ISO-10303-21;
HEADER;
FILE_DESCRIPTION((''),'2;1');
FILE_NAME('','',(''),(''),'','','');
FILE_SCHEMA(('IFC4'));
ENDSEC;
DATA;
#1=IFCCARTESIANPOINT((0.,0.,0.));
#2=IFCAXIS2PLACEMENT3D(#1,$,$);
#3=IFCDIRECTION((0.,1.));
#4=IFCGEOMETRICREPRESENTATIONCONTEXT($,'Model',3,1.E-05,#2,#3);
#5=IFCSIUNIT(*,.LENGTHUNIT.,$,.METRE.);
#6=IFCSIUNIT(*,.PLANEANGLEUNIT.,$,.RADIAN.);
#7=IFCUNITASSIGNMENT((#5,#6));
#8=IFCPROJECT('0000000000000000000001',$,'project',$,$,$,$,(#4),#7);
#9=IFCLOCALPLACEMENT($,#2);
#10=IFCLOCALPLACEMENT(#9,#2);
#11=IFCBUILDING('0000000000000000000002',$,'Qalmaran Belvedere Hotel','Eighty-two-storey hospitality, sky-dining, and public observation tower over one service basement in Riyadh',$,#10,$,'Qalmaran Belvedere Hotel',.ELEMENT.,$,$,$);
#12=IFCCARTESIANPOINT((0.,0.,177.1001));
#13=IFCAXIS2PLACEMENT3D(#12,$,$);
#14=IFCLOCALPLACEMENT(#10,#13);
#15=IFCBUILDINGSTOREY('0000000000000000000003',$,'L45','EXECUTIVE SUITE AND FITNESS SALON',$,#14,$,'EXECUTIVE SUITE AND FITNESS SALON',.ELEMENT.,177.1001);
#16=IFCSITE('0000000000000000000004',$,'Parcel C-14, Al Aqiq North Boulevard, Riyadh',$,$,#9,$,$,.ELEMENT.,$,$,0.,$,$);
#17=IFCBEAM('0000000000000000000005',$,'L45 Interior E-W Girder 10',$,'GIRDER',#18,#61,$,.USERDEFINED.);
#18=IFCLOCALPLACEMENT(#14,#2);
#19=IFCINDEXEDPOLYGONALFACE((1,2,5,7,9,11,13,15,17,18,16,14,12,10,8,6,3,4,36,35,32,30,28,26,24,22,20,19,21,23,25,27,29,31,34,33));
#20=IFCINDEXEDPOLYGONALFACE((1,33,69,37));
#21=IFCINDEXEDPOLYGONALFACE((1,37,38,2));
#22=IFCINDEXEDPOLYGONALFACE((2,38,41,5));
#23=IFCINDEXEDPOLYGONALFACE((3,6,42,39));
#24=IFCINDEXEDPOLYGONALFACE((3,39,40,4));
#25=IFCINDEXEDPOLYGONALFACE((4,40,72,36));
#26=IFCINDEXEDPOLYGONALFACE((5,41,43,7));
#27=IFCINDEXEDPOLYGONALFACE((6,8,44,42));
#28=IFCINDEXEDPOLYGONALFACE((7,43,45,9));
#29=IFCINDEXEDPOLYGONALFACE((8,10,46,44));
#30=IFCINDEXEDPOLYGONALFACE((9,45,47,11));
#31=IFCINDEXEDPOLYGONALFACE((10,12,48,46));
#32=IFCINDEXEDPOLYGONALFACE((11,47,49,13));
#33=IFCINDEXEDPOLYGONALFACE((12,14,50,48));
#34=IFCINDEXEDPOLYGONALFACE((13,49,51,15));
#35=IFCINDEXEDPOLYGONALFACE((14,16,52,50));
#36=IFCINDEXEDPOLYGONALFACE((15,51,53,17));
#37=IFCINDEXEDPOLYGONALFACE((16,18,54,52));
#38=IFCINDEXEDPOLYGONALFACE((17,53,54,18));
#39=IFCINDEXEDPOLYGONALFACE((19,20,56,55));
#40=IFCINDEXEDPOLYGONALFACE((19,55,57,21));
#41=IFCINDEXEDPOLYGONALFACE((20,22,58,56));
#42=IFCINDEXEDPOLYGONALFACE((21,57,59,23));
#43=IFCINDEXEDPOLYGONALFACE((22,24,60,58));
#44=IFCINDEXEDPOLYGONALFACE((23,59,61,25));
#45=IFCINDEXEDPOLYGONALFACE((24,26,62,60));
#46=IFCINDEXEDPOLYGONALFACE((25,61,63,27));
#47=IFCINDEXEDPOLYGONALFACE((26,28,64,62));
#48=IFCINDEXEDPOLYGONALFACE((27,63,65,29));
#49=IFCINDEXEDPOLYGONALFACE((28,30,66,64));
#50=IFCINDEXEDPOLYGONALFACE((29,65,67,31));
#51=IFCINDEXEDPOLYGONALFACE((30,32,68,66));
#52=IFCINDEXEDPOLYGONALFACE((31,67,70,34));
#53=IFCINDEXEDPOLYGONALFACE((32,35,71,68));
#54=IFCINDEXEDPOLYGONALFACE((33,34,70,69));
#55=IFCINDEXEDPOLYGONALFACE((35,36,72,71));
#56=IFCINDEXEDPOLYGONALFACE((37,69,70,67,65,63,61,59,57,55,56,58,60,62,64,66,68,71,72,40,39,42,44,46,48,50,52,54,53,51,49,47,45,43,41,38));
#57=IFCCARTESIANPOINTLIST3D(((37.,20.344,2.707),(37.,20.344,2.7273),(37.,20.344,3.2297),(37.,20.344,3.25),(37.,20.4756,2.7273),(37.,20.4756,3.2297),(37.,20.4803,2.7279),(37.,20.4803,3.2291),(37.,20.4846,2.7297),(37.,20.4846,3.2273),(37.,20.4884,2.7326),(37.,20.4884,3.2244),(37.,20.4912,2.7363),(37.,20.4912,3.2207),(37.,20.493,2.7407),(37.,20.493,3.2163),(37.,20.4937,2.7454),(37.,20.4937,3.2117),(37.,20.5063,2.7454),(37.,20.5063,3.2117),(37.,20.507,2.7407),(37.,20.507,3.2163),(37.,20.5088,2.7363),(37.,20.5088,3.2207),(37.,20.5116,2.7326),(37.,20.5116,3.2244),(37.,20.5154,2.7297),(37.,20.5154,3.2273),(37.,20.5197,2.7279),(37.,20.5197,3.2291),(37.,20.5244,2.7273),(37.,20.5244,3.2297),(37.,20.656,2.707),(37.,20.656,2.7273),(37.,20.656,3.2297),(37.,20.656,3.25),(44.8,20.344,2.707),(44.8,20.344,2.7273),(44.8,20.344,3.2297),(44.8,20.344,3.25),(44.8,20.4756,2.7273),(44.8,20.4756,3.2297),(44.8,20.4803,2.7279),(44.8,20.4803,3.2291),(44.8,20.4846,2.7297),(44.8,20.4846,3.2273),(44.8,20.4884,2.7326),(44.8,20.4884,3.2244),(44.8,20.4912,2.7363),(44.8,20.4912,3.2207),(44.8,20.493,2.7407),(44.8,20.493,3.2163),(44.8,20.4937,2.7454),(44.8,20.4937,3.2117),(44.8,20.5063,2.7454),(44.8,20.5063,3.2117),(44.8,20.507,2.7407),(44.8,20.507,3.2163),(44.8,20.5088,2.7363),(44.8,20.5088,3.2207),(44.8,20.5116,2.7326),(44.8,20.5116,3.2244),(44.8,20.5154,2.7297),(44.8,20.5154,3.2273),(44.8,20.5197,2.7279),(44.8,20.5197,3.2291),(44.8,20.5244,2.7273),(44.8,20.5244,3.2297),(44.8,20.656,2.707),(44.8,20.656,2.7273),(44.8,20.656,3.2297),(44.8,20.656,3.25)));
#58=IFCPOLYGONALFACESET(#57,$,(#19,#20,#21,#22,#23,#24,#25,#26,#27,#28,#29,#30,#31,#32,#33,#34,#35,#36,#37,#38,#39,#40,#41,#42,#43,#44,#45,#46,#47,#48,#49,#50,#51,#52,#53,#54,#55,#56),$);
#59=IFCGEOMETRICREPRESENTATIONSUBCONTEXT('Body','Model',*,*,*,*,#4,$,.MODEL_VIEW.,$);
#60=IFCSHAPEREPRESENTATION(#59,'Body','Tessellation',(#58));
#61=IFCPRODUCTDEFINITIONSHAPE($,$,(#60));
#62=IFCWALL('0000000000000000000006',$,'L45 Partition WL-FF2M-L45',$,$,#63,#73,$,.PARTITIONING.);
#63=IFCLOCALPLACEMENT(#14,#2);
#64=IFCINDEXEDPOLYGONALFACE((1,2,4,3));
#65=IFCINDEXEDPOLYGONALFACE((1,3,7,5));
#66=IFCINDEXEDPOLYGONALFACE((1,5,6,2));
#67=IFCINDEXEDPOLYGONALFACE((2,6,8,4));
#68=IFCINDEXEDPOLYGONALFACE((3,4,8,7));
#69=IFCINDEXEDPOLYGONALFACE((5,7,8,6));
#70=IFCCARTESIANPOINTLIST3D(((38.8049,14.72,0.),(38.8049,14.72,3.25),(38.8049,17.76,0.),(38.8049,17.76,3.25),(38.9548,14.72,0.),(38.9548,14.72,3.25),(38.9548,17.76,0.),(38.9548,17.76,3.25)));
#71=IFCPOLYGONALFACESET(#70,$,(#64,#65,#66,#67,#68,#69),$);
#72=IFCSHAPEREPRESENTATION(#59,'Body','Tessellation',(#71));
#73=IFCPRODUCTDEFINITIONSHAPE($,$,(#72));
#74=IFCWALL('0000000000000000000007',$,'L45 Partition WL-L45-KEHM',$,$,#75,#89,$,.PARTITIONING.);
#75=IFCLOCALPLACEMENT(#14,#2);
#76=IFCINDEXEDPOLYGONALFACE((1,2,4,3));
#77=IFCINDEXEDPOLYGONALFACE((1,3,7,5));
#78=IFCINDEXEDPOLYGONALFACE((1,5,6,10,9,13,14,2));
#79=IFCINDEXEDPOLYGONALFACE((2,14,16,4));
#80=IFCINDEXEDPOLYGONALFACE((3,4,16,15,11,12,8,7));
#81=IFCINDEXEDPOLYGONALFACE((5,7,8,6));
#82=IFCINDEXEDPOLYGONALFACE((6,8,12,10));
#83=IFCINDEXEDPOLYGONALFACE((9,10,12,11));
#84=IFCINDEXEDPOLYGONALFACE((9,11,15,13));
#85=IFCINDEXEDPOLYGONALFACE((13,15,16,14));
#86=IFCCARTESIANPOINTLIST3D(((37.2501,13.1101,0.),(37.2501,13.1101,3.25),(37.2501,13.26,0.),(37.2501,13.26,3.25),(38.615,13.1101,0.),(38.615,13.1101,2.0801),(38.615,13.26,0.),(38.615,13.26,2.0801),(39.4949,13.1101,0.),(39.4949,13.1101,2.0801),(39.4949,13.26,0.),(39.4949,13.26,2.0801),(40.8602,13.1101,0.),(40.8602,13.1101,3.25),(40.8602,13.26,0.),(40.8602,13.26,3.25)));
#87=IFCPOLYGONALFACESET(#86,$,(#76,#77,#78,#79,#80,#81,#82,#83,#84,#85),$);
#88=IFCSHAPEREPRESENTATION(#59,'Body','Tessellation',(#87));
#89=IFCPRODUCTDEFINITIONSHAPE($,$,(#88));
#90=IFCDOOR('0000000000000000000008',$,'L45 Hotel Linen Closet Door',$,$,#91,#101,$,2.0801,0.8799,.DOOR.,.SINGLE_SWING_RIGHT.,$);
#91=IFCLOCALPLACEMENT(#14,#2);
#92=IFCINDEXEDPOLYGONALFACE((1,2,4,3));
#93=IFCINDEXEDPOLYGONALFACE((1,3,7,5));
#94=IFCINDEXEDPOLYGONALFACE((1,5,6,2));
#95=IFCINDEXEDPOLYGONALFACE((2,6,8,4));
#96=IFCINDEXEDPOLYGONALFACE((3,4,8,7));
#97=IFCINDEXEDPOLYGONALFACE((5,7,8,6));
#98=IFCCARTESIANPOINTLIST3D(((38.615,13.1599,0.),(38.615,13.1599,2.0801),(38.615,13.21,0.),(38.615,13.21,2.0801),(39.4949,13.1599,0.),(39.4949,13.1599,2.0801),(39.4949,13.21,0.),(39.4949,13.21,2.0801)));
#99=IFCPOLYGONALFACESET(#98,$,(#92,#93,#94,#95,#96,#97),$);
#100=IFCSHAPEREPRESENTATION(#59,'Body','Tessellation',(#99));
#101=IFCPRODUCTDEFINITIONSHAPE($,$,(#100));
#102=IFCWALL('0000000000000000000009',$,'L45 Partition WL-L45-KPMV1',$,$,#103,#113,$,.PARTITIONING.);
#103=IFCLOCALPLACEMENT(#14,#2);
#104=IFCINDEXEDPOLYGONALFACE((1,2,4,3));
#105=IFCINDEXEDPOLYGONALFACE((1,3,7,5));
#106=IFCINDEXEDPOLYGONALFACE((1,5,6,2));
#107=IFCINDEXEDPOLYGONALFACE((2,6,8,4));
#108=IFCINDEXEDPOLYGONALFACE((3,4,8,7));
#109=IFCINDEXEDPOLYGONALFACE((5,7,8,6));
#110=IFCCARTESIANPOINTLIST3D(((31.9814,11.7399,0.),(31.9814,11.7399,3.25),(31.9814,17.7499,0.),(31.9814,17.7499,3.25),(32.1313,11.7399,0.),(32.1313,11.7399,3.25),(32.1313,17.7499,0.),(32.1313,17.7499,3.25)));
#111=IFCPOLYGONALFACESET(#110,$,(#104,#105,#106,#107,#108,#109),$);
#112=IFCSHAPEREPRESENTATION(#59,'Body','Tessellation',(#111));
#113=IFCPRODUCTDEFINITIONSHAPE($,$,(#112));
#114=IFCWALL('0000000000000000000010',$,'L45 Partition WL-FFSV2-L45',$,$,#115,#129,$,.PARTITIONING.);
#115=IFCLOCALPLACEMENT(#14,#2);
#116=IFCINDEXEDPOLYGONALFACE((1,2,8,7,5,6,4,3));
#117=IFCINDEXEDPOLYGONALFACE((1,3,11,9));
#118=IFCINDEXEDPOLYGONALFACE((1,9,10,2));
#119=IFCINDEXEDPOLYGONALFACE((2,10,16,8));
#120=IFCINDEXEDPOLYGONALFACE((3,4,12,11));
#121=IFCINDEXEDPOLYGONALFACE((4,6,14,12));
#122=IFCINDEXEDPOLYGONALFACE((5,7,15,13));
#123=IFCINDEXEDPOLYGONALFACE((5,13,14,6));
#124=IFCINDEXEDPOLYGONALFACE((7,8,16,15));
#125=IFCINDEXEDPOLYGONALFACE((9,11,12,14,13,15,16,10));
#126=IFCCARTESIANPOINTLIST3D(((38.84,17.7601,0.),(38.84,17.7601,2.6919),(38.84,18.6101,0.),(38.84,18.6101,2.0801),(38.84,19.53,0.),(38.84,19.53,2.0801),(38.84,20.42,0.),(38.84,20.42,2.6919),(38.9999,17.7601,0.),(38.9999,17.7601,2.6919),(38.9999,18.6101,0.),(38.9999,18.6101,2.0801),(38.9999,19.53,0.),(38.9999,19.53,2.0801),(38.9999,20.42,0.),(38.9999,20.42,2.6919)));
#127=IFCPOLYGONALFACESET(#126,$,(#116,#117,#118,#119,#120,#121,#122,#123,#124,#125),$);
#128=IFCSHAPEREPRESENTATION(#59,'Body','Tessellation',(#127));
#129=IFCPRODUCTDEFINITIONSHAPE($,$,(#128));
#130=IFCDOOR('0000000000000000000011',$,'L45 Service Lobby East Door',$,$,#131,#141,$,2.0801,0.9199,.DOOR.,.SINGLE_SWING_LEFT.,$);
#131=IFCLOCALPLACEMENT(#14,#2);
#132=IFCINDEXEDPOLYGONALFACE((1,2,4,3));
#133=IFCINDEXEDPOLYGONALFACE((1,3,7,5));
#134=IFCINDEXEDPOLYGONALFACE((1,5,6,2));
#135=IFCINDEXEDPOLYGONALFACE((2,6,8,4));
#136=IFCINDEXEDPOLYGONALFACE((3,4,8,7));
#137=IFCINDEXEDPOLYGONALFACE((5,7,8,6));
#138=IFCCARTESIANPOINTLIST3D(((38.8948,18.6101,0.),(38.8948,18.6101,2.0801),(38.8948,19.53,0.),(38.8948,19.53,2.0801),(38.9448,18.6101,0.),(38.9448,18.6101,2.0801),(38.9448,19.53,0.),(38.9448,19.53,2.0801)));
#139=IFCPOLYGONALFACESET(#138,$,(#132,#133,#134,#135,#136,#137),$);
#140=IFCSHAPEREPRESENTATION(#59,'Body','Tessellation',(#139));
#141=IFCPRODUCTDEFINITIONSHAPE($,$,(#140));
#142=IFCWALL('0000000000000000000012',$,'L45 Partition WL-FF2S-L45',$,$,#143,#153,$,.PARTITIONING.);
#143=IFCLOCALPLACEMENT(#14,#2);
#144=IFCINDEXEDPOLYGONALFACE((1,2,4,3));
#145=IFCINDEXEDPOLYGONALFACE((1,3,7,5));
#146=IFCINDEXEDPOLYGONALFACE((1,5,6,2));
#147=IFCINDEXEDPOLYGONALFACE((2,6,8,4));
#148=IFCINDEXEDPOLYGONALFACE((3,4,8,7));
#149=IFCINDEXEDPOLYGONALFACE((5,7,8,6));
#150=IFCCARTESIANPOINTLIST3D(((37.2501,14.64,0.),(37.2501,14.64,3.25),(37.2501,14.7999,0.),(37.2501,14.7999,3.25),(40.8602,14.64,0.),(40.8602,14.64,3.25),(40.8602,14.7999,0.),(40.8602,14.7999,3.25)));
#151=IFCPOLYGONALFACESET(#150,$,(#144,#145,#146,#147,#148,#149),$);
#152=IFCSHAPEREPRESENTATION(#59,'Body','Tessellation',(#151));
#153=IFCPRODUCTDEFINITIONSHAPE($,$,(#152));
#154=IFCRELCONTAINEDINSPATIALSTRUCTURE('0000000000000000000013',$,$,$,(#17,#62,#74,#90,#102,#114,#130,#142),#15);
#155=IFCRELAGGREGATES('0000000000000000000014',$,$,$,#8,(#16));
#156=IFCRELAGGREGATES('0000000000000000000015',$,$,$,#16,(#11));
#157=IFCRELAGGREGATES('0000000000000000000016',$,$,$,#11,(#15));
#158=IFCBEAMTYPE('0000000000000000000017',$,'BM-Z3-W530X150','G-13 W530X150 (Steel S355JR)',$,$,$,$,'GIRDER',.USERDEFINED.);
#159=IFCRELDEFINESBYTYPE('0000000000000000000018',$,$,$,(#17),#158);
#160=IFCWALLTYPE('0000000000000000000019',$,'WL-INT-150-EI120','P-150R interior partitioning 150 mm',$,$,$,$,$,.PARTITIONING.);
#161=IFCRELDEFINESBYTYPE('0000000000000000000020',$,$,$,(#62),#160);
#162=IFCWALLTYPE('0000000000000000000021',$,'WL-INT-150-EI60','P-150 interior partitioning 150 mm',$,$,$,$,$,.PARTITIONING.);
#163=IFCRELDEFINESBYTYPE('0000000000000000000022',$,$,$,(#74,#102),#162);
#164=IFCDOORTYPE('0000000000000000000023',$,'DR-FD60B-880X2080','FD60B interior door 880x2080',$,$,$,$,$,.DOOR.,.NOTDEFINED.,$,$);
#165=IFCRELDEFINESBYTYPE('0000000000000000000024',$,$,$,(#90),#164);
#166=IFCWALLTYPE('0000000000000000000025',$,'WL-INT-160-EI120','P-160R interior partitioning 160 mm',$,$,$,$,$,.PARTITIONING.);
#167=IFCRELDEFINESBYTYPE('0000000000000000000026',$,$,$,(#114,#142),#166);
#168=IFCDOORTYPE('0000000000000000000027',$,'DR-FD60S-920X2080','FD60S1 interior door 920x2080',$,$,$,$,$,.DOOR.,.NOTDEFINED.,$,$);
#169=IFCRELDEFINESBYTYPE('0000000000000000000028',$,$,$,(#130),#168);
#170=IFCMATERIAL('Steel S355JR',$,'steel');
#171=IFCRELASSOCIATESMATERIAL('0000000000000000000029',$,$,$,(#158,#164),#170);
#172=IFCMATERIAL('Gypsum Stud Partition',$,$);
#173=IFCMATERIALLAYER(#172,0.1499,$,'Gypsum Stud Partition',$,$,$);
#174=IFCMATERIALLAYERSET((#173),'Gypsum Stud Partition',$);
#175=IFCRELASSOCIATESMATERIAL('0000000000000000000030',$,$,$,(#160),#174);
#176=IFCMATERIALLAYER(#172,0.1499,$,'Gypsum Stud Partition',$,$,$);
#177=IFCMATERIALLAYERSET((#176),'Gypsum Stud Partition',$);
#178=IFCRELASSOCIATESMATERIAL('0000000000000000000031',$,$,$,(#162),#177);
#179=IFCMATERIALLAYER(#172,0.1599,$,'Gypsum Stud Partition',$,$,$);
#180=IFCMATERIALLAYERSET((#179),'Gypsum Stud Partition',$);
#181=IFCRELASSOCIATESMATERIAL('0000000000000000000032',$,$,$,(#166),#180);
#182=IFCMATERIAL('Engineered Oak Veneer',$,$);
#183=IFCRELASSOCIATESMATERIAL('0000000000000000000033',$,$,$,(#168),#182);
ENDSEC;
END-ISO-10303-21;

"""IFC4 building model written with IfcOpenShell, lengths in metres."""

from ifc_helpers import new_model, si_unit, direction, frame, frame_2d, origin, origin_2d, place, context, subcontext, project, spatial, rectangle, i_section, extrude, material, layer, layer_set, material_profile, profile_set, type_object, element, fill, save


model = new_model("IFC4")

# Units and contexts
model_context = context("Model", 3, precision=1e-05, world=origin(), true_north=direction((0.0, 1.0)))
body_context = subcontext(model_context, "Body", "Model", "MODEL_VIEW")
ifc_project = project(units=[si_unit("LENGTHUNIT", "METRE"), si_unit("PLANEANGLEUNIT", "RADIAN")], contexts=[model_context])

# Site, building, storey
site_placement = place(None, origin())
site = spatial("IfcSite", under=ifc_project, at=site_placement, Name="Parcel C-14, Al Aqiq North Boulevard, Riyadh", CompositionType="ELEMENT", RefElevation=0.0)
building_placement = place(site_placement, origin())
building = spatial("IfcBuilding", under=site, at=building_placement, Name="Qalmaran Belvedere Hotel", Description="Eighty-two-storey hospitality, sky-dining, and public observation tower over one service basement in Riyadh", LongName="Qalmaran Belvedere Hotel", CompositionType="ELEMENT")
storey_placement = place(building_placement, frame((0.0, 0.0, 177.1001)))
storey = spatial("IfcBuildingStorey", under=building, at=storey_placement, Name="L45", Description="EXECUTIVE SUITE AND FITNESS SALON", LongName="EXECUTIVE SUITE AND FITNESS SALON", CompositionType="ELEMENT", Elevation=177.1001)

# Beam
ifc_material_1 = material(Name="Steel S355JR", Category="steel")
ifc_material_profile_1 = material_profile(ifc_material_1, i_section(OverallWidth=0.312, OverallDepth=0.543, WebThickness=0.0127, FlangeThickness=0.0203, FilletRadius=0.0181, at=origin_2d()), Name="W530X150")
ifc_profile_set_1 = profile_set([ifc_material_profile_1], Name="Steel S355JR")
beam_type_1 = type_object("IfcBeamType", Name="BM-Z3-W530X150", Description="G-13 W530X150 (Steel S355JR)", ElementType="GIRDER", PredefinedType="USERDEFINED", material=ifc_profile_set_1)
for number, where, z_axis, x_axis, name in (
    (1, (37.0, 20.5, 2.9785), (1.0, 0.0, 0.0), (0.0, 1.0, 0.0), "L45 Interior E-W Girder 10"),
):
    element("IfcBeam", number, at=place(storey_placement, frame(where, z_axis=z_axis, x_axis=x_axis)), inside=storey, type_object=beam_type_1, Name=name, ObjectType="GIRDER", PredefinedType="USERDEFINED", context=body_context, shape_type="SweptSolid", body=[
        extrude(i_section(OverallWidth=0.312, OverallDepth=0.543, WebThickness=0.0127, FlangeThickness=0.0203, FilletRadius=0.0181, at=origin_2d()), origin(), (0.0, 0.0, 1.0), 7.8),
    ])

# Wall
ifc_material_2 = material(Name="Gypsum Stud Partition")
ifc_layer_1 = layer(ifc_material_2, 0.1499, Name="Gypsum Stud Partition")
ifc_layer_set_1 = layer_set([ifc_layer_1], Name="Gypsum Stud Partition")
wall_type_1 = type_object("IfcWallType", Name="WL-INT-150-EI120", Description="P-150R interior partitioning 150 mm", PredefinedType="PARTITIONING", material=ifc_layer_set_1)
wall_1_placement = place(storey_placement, frame((38.8799, 14.72, 0.0), z_axis=(0.0, 0.0, 1.0), x_axis=(0.0, 1.0, 0.0)))
element("IfcWall", 2, at=wall_1_placement, inside=storey, type_object=wall_type_1, Name="L45 Partition WL-FF2M-L45", PredefinedType="PARTITIONING", context=body_context, shape_type="SweptSolid", body=[
    extrude(rectangle(XDim=3.04, YDim=0.1499, at=frame_2d((1.52, 0.0))), origin(), (0.0, 0.0, 1.0), 3.25),
])

# Wall, opening, door
ifc_layer_2 = layer(ifc_material_2, 0.1499, Name="Gypsum Stud Partition")
ifc_layer_set_2 = layer_set([ifc_layer_2], Name="Gypsum Stud Partition")
wall_type_2 = type_object("IfcWallType", Name="WL-INT-150-EI60", Description="P-150 interior partitioning 150 mm", PredefinedType="PARTITIONING", material=ifc_layer_set_2)
wall_2_placement = place(storey_placement, frame((37.25, 13.1851, 0.0), z_axis=(0.0, 0.0, 1.0), x_axis=(1.0, 0.0, 0.0)))
wall_2 = element("IfcWall", 3, at=wall_2_placement, inside=storey, type_object=wall_type_2, Name="L45 Partition WL-L45-KEHM", PredefinedType="PARTITIONING", context=body_context, shape_type="SweptSolid", body=[
    extrude(rectangle(XDim=3.6101, YDim=0.1499, at=frame_2d((1.8052, 0.0))), origin(), (0.0, 0.0, 1.0), 3.25),
])
opening_1_placement = place(wall_2_placement, frame((1.365, 0.0, 0.0)))
opening_1 = element("IfcOpeningElement", 4, at=opening_1_placement, cuts=wall_2, PredefinedType="OPENING", context=body_context, shape_type="SweptSolid", body=[
    extrude(rectangle(XDim=0.8799, YDim=2.0801, at=frame_2d((0.4399, 1.04))), frame((0.0, 0.085, 0.0), z_axis=(0.0, -1.0, 0.0), x_axis=(1.0, 0.0, 0.0)), (0.0, 0.0, 1.0), 0.1699),
])
door_type_1 = type_object("IfcDoorType", Name="DR-FD60B-880X2080", Description="FD60B interior door 880x2080", OperationType="NOTDEFINED", PredefinedType="DOOR", material=ifc_material_1)
door_1_placement = place(opening_1_placement, origin())
door_1 = element("IfcDoor", 5, at=door_1_placement, inside=storey, type_object=door_type_1, Name="L45 Hotel Linen Closet Door", OperationType="SINGLE_SWING_RIGHT", OverallHeight=2.0801, OverallWidth=0.8799, PredefinedType="DOOR", context=body_context, shape_type="SweptSolid", body=[
    extrude(rectangle(XDim=0.8799, YDim=2.0801, at=frame_2d((0.4399, 1.04))), frame((0.0, 0.0249, 0.0), z_axis=(0.0, -1.0, 0.0), x_axis=(1.0, 0.0, 0.0)), (0.0, 0.0, 1.0), 0.05),
])
fill(opening_1, door_1)

# Wall
wall_3_placement = place(storey_placement, frame((32.0564, 11.74, 0.0), z_axis=(0.0, 0.0, 1.0), x_axis=(0.0, 1.0, 0.0)))
element("IfcWall", 6, at=wall_3_placement, inside=storey, type_object=wall_type_2, Name="L45 Partition WL-L45-KPMV1", PredefinedType="PARTITIONING", context=body_context, shape_type="SweptSolid", body=[
    extrude(rectangle(XDim=6.01, YDim=0.1499, at=frame_2d((3.0049, 0.0))), origin(), (0.0, 0.0, 1.0), 3.25),
])

# Wall, opening, door
ifc_layer_3 = layer(ifc_material_2, 0.1599, Name="Gypsum Stud Partition")
ifc_layer_set_3 = layer_set([ifc_layer_3], Name="Gypsum Stud Partition")
wall_type_3 = type_object("IfcWallType", Name="WL-INT-160-EI120", Description="P-160R interior partitioning 160 mm", PredefinedType="PARTITIONING", material=ifc_layer_set_3)
wall_4_placement = place(storey_placement, frame((38.9199, 17.76, 0.0), z_axis=(0.0, 0.0, 1.0), x_axis=(0.0, 1.0, 0.0)))
wall_4 = element("IfcWall", 7, at=wall_4_placement, inside=storey, type_object=wall_type_3, Name="L45 Partition WL-FFSV2-L45", PredefinedType="PARTITIONING", context=body_context, shape_type="SweptSolid", body=[
    extrude(rectangle(XDim=2.6599, YDim=0.1599, at=frame_2d((1.3301, 0.0))), origin(), (0.0, 0.0, 1.0), 2.6919),
])
opening_2_placement = place(wall_4_placement, frame((1.77, 0.0, 0.0), z_axis=(0.0, 0.0, 1.0), x_axis=(-1.0, 0.0, 0.0)))
opening_2 = element("IfcOpeningElement", 8, at=opening_2_placement, cuts=wall_4, PredefinedType="OPENING", context=body_context, shape_type="SweptSolid", body=[
    extrude(rectangle(XDim=0.9199, YDim=2.0801, at=frame_2d((0.46, 1.04))), frame((0.0, 0.0898, 0.0), z_axis=(0.0, -1.0, 0.0), x_axis=(1.0, 0.0, 0.0)), (0.0, 0.0, 1.0), 0.1799),
])
ifc_material_3 = material(Name="Engineered Oak Veneer")
door_type_2 = type_object("IfcDoorType", Name="DR-FD60S-920X2080", Description="FD60S1 interior door 920x2080", OperationType="NOTDEFINED", PredefinedType="DOOR", material=ifc_material_3)
door_2_placement = place(opening_2_placement, origin())
door_2 = element("IfcDoor", 9, at=door_2_placement, inside=storey, type_object=door_type_2, Name="L45 Service Lobby East Door", OperationType="SINGLE_SWING_LEFT", OverallHeight=2.0801, OverallWidth=0.9199, PredefinedType="DOOR", context=body_context, shape_type="SweptSolid", body=[
    extrude(rectangle(XDim=0.9199, YDim=2.0801, at=frame_2d((0.46, 1.04))), frame((0.0, 0.0249, 0.0), z_axis=(0.0, -1.0, 0.0), x_axis=(1.0, 0.0, 0.0)), (0.0, 0.0, 1.0), 0.05),
])
fill(opening_2, door_2)

# Wall
wall_5_placement = place(storey_placement, frame((37.25, 14.72, 0.0), z_axis=(0.0, 0.0, 1.0), x_axis=(1.0, 0.0, 0.0)))
element("IfcWall", 10, at=wall_5_placement, inside=storey, type_object=wall_type_3, Name="L45 Partition WL-FF2S-L45", PredefinedType="PARTITIONING", context=body_context, shape_type="SweptSolid", body=[
    extrude(rectangle(XDim=3.6101, YDim=0.1599, at=frame_2d((1.8052, 0.0))), origin(), (0.0, 0.0, 1.0), 3.25),
])

save(model, "model.ifc")
